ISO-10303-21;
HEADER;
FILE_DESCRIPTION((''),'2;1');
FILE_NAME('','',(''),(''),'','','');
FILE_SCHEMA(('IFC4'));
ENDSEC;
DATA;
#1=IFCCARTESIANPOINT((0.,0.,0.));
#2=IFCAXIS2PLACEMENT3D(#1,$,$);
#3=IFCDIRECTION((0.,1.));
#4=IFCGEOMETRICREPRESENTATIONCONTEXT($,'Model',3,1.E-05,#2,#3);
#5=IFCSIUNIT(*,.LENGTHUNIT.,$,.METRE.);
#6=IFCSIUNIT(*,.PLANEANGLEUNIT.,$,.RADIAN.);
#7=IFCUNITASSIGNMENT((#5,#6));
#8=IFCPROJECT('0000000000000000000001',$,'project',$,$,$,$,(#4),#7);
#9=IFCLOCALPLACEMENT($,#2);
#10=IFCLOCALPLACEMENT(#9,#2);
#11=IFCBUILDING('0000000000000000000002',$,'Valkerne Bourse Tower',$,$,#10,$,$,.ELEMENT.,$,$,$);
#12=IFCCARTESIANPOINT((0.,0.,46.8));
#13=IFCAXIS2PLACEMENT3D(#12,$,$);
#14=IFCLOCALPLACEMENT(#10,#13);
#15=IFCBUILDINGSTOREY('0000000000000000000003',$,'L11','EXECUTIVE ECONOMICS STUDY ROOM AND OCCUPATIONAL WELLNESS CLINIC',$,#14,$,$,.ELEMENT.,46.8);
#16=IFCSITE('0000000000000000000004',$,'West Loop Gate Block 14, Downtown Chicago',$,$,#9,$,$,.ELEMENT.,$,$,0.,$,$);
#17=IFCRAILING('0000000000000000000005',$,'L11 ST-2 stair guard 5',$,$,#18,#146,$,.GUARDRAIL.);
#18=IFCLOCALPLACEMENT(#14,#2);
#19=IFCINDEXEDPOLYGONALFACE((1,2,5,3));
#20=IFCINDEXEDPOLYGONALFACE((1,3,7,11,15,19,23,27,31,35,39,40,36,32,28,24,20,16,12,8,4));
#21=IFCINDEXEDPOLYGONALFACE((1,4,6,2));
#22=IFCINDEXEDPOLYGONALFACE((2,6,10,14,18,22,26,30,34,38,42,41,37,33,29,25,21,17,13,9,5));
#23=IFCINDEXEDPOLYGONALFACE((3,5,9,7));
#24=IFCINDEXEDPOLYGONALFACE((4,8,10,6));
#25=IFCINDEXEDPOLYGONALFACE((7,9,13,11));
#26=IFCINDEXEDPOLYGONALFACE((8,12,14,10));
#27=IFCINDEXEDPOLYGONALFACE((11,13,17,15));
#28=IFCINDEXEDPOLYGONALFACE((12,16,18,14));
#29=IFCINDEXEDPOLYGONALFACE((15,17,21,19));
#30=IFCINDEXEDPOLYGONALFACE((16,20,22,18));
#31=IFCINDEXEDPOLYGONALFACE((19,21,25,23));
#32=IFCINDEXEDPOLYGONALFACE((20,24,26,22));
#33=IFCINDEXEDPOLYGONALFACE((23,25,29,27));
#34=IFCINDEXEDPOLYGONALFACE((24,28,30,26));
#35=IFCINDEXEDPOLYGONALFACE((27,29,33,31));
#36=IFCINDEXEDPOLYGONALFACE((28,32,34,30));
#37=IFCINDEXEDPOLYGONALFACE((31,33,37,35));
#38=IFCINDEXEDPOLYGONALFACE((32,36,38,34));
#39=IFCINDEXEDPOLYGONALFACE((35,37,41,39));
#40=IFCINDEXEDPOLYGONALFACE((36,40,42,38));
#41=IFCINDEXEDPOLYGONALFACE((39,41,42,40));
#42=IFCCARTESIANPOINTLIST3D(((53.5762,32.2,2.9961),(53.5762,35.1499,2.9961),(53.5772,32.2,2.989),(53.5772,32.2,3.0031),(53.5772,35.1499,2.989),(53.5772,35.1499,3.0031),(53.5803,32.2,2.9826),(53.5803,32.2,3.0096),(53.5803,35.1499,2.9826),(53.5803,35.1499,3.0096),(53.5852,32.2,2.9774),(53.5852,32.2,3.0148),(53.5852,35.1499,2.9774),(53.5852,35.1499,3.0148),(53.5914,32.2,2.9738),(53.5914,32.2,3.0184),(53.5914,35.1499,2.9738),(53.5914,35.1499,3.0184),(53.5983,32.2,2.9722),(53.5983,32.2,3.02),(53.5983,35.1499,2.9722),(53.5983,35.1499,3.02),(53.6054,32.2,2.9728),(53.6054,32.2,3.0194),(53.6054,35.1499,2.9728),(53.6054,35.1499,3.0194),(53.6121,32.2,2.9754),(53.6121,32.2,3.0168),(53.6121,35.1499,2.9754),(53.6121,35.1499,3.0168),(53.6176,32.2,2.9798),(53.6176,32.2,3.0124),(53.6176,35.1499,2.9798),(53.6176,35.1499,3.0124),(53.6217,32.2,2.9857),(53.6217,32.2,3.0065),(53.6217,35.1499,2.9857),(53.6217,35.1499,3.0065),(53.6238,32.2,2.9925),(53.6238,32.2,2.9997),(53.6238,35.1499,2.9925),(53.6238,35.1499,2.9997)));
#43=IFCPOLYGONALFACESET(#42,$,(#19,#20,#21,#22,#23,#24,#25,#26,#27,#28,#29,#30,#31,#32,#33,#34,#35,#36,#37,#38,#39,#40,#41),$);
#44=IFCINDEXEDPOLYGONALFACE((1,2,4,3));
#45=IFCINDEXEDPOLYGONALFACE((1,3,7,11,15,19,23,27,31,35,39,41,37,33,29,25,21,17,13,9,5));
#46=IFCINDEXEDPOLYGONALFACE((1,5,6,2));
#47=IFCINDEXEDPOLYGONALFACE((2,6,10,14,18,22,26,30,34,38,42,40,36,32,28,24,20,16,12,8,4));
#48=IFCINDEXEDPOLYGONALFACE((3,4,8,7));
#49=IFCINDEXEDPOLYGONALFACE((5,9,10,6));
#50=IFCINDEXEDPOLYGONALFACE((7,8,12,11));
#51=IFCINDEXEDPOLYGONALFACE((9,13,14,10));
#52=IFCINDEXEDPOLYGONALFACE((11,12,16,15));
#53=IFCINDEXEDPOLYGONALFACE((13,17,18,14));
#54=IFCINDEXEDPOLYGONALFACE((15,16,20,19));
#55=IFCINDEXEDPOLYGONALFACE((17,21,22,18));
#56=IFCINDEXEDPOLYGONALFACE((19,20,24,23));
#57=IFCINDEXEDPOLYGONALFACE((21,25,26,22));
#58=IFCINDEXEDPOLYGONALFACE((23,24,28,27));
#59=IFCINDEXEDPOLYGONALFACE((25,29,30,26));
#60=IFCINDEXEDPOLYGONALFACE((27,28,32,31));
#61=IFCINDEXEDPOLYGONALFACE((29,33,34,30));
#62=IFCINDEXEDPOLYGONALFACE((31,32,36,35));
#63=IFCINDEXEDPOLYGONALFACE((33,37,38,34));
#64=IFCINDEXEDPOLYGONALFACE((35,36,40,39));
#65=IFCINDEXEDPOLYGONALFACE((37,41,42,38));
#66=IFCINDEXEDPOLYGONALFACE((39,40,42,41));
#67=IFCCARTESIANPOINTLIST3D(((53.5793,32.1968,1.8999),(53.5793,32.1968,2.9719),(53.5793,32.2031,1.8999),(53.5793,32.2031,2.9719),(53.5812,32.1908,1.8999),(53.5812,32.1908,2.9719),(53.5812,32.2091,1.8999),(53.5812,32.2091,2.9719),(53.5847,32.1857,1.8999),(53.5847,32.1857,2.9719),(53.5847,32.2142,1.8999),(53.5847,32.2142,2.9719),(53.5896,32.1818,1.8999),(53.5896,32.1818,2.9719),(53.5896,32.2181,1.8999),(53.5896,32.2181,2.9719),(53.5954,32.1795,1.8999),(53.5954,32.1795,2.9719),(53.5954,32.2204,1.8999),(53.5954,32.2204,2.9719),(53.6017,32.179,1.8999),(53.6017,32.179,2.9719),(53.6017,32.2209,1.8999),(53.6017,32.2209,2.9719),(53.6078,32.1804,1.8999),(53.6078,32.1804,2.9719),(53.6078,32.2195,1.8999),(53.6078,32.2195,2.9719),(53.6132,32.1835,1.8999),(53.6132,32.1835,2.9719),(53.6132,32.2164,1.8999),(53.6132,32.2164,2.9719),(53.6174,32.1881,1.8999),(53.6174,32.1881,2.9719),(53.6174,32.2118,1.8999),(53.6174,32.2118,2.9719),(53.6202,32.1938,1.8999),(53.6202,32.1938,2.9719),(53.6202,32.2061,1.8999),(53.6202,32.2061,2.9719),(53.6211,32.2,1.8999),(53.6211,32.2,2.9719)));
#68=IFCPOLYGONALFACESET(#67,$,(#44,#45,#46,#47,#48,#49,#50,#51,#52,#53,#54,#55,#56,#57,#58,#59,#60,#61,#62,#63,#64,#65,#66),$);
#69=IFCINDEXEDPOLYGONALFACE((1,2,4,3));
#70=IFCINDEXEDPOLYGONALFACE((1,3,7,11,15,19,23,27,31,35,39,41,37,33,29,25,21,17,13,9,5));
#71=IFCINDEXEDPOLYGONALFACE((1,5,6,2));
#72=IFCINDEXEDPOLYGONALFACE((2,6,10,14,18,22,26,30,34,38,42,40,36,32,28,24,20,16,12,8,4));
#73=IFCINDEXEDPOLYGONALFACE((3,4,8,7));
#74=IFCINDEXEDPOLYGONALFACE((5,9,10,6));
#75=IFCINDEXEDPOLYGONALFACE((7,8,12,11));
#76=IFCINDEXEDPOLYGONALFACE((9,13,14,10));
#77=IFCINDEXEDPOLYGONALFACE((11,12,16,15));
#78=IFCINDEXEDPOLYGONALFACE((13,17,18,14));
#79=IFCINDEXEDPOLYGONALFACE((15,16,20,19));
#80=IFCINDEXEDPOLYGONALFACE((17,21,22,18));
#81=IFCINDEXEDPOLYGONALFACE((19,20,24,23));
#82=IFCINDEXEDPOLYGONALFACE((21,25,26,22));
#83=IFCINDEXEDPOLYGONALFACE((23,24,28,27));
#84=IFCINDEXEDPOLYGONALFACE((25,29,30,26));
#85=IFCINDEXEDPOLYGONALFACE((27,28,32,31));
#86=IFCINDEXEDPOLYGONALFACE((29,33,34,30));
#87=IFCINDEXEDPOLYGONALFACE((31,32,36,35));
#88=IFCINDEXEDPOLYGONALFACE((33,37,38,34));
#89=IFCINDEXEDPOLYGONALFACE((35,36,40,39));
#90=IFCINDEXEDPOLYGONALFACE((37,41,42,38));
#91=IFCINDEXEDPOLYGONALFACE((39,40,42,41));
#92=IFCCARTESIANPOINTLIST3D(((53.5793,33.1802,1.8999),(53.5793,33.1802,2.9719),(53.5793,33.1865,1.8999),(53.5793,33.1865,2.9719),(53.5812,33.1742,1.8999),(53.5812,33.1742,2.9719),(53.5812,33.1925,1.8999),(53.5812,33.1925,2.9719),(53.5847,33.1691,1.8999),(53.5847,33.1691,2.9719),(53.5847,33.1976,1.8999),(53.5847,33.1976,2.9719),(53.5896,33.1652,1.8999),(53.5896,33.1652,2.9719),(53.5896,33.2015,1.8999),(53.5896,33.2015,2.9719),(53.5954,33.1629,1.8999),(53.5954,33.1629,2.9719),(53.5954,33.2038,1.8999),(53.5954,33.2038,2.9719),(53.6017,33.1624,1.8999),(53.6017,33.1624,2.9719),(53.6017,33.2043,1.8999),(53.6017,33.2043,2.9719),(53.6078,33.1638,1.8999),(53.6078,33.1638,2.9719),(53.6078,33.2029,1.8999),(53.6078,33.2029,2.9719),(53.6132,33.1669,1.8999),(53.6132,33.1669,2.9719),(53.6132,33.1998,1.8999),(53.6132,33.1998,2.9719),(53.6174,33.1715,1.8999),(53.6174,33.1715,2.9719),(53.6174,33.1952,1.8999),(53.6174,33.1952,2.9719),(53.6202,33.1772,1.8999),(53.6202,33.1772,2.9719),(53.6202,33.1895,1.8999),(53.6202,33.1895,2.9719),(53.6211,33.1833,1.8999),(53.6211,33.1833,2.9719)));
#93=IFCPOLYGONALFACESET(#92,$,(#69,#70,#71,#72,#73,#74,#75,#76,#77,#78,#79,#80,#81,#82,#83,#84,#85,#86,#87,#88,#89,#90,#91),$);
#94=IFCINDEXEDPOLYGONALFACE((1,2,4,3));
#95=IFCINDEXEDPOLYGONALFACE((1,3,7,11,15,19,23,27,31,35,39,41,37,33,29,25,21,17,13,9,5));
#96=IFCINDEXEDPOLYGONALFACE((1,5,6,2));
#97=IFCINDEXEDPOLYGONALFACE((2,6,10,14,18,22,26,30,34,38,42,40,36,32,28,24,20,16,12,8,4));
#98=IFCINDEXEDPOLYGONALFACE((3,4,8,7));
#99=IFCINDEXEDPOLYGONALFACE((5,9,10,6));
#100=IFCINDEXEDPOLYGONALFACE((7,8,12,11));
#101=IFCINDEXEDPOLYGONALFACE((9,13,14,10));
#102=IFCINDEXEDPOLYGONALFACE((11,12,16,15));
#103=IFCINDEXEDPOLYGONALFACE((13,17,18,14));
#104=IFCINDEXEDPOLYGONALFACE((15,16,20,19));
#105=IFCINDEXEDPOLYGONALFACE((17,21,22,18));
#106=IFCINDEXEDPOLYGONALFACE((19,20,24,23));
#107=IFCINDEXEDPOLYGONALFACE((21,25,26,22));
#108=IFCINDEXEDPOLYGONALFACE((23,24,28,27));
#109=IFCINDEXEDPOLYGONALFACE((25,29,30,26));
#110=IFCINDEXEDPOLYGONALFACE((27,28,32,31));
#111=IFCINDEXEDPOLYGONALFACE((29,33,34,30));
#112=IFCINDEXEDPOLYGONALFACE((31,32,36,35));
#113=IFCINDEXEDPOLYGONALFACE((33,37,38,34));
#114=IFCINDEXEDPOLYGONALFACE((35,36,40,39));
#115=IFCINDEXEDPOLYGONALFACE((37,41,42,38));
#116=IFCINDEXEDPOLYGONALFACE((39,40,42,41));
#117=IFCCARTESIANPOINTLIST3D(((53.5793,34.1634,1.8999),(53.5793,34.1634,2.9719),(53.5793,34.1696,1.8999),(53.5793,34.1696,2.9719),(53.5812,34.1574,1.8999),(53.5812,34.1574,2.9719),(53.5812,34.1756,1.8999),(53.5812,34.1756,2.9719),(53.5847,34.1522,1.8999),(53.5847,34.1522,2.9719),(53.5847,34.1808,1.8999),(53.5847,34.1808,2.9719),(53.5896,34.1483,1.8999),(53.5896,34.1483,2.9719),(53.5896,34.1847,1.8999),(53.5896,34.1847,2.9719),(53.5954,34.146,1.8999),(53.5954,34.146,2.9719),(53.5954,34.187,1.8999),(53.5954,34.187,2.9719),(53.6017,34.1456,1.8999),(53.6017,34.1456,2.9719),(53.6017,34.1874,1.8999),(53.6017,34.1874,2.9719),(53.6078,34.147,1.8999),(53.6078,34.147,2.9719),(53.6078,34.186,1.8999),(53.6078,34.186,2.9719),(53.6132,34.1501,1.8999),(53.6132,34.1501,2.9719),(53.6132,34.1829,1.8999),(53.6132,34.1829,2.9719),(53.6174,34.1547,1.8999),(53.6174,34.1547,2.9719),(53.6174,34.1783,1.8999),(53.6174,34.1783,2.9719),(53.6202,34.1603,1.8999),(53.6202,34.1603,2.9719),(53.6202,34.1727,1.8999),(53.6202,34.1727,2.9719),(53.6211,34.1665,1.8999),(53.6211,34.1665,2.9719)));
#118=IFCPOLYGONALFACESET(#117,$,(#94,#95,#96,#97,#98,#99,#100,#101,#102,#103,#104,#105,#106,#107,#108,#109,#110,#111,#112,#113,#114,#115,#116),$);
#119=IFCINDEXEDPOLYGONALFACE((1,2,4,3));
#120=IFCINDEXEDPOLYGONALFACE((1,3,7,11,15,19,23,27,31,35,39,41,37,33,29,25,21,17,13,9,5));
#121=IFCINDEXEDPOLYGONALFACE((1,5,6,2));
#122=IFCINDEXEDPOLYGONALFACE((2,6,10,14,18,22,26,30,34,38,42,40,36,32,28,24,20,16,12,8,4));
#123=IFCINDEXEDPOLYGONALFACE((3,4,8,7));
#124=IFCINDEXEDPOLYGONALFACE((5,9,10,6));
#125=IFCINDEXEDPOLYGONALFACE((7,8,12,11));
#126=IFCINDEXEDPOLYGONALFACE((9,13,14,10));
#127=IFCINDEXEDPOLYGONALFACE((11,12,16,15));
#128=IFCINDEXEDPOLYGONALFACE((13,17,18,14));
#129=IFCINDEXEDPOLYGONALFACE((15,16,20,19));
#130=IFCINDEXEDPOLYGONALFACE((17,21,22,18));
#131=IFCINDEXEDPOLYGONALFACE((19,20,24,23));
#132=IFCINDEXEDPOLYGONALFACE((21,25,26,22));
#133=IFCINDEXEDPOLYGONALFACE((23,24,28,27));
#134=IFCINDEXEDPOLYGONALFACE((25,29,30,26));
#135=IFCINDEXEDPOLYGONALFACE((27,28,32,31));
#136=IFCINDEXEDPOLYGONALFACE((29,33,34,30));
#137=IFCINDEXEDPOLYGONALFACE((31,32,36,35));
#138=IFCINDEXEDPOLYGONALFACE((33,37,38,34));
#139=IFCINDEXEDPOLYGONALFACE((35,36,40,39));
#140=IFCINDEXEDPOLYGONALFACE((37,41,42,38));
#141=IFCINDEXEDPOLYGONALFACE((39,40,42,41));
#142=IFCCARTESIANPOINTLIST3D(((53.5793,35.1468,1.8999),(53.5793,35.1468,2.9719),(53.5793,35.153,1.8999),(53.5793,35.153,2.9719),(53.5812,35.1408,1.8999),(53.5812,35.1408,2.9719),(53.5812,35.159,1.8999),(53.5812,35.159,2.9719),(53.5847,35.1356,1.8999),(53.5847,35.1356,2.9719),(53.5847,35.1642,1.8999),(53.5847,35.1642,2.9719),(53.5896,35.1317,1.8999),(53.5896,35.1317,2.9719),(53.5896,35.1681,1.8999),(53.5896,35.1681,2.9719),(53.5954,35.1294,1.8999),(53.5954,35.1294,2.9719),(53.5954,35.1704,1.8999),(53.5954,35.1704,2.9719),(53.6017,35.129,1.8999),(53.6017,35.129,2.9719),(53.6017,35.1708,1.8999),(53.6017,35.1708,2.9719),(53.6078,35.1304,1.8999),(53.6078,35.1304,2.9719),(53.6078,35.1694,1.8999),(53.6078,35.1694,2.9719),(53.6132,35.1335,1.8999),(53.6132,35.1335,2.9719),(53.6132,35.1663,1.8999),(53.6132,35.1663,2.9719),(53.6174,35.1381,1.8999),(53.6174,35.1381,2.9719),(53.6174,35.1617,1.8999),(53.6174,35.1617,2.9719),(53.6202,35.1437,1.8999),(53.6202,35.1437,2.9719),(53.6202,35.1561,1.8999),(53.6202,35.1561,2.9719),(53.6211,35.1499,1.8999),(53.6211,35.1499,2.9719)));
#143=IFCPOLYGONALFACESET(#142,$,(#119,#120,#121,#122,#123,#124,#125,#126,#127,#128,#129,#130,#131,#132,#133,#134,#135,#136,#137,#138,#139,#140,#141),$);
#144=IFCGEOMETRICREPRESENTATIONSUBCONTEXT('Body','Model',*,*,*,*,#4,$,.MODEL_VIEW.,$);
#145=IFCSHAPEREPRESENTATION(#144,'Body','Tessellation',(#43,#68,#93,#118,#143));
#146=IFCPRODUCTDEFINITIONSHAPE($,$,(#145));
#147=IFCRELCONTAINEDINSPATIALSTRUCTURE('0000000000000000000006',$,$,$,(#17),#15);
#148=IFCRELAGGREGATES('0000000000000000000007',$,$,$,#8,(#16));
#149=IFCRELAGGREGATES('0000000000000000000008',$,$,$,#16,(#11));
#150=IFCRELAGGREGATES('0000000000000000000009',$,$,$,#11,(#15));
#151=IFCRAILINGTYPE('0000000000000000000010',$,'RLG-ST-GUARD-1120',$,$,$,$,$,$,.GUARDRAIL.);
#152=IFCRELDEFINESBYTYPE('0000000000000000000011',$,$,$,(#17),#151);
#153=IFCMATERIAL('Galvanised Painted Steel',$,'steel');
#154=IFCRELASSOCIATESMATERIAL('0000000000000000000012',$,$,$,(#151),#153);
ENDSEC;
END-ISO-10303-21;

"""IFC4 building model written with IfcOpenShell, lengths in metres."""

from ifc_helpers import new_model, si_unit, direction, frame, origin, origin_2d, place, context, subcontext, project, spatial, circle, extrude, material, type_object, element, save


model = new_model("IFC4")

# Units and contexts
model_context = context("Model", 3, precision=1e-05, world=origin(), true_north=direction((0.0, 1.0)))
body_context = subcontext(model_context, "Body", "Model", "MODEL_VIEW")
ifc_project = project(units=[si_unit("LENGTHUNIT", "METRE"), si_unit("PLANEANGLEUNIT", "RADIAN")], contexts=[model_context])

# Site, building, storey
site_placement = place(None, origin())
site = spatial("IfcSite", under=ifc_project, at=site_placement, Name="West Loop Gate Block 14, Downtown Chicago", CompositionType="ELEMENT", RefElevation=0.0)
building_placement = place(site_placement, origin())
building = spatial("IfcBuilding", under=site, at=building_placement, Name="Valkerne Bourse Tower", CompositionType="ELEMENT")
storey_placement = place(building_placement, frame((0.0, 0.0, 46.8)))
storey = spatial("IfcBuildingStorey", under=building, at=storey_placement, Name="L11", Description="EXECUTIVE ECONOMICS STUDY ROOM AND OCCUPATIONAL WELLNESS CLINIC", CompositionType="ELEMENT", Elevation=46.8)

# Railing
ifc_material_1 = material(Name="Galvanised Painted Steel", Category="steel")
railing_type_1 = type_object("IfcRailingType", Name="RLG-ST-GUARD-1120", PredefinedType="GUARDRAIL", material=ifc_material_1)
railing_1_placement = place(storey_placement, frame((53.6001, 32.2, 1.8999)))
element("IfcRailing", 1, at=railing_1_placement, inside=storey, type_object=railing_type_1, Name="L11 ST-2 stair guard 5", PredefinedType="GUARDRAIL", context=body_context, shape_type="SweptSolid", body=[
    extrude(circle(Radius=0.0239, at=origin_2d()), frame((0.0, 0.0, 1.0962), z_axis=(0.0, 1.0, 0.0), x_axis=(-1.0, 0.0, 0.0)), (0.0, 0.0, 1.0), 2.95),
    extrude(circle(Radius=0.021, at=origin_2d()), origin(), (0.0, 0.0, 1.0), 1.072),
    extrude(circle(Radius=0.021, at=origin_2d()), frame((0.0, 0.9834, 0.0)), (0.0, 0.0, 1.0), 1.072),
    extrude(circle(Radius=0.021, at=origin_2d()), frame((0.0, 1.9666, 0.0)), (0.0, 0.0, 1.0), 1.072),
    extrude(circle(Radius=0.021, at=origin_2d()), frame((0.0, 2.95, 0.0)), (0.0, 0.0, 1.0), 1.072),
])

save(model, "model.ifc")
